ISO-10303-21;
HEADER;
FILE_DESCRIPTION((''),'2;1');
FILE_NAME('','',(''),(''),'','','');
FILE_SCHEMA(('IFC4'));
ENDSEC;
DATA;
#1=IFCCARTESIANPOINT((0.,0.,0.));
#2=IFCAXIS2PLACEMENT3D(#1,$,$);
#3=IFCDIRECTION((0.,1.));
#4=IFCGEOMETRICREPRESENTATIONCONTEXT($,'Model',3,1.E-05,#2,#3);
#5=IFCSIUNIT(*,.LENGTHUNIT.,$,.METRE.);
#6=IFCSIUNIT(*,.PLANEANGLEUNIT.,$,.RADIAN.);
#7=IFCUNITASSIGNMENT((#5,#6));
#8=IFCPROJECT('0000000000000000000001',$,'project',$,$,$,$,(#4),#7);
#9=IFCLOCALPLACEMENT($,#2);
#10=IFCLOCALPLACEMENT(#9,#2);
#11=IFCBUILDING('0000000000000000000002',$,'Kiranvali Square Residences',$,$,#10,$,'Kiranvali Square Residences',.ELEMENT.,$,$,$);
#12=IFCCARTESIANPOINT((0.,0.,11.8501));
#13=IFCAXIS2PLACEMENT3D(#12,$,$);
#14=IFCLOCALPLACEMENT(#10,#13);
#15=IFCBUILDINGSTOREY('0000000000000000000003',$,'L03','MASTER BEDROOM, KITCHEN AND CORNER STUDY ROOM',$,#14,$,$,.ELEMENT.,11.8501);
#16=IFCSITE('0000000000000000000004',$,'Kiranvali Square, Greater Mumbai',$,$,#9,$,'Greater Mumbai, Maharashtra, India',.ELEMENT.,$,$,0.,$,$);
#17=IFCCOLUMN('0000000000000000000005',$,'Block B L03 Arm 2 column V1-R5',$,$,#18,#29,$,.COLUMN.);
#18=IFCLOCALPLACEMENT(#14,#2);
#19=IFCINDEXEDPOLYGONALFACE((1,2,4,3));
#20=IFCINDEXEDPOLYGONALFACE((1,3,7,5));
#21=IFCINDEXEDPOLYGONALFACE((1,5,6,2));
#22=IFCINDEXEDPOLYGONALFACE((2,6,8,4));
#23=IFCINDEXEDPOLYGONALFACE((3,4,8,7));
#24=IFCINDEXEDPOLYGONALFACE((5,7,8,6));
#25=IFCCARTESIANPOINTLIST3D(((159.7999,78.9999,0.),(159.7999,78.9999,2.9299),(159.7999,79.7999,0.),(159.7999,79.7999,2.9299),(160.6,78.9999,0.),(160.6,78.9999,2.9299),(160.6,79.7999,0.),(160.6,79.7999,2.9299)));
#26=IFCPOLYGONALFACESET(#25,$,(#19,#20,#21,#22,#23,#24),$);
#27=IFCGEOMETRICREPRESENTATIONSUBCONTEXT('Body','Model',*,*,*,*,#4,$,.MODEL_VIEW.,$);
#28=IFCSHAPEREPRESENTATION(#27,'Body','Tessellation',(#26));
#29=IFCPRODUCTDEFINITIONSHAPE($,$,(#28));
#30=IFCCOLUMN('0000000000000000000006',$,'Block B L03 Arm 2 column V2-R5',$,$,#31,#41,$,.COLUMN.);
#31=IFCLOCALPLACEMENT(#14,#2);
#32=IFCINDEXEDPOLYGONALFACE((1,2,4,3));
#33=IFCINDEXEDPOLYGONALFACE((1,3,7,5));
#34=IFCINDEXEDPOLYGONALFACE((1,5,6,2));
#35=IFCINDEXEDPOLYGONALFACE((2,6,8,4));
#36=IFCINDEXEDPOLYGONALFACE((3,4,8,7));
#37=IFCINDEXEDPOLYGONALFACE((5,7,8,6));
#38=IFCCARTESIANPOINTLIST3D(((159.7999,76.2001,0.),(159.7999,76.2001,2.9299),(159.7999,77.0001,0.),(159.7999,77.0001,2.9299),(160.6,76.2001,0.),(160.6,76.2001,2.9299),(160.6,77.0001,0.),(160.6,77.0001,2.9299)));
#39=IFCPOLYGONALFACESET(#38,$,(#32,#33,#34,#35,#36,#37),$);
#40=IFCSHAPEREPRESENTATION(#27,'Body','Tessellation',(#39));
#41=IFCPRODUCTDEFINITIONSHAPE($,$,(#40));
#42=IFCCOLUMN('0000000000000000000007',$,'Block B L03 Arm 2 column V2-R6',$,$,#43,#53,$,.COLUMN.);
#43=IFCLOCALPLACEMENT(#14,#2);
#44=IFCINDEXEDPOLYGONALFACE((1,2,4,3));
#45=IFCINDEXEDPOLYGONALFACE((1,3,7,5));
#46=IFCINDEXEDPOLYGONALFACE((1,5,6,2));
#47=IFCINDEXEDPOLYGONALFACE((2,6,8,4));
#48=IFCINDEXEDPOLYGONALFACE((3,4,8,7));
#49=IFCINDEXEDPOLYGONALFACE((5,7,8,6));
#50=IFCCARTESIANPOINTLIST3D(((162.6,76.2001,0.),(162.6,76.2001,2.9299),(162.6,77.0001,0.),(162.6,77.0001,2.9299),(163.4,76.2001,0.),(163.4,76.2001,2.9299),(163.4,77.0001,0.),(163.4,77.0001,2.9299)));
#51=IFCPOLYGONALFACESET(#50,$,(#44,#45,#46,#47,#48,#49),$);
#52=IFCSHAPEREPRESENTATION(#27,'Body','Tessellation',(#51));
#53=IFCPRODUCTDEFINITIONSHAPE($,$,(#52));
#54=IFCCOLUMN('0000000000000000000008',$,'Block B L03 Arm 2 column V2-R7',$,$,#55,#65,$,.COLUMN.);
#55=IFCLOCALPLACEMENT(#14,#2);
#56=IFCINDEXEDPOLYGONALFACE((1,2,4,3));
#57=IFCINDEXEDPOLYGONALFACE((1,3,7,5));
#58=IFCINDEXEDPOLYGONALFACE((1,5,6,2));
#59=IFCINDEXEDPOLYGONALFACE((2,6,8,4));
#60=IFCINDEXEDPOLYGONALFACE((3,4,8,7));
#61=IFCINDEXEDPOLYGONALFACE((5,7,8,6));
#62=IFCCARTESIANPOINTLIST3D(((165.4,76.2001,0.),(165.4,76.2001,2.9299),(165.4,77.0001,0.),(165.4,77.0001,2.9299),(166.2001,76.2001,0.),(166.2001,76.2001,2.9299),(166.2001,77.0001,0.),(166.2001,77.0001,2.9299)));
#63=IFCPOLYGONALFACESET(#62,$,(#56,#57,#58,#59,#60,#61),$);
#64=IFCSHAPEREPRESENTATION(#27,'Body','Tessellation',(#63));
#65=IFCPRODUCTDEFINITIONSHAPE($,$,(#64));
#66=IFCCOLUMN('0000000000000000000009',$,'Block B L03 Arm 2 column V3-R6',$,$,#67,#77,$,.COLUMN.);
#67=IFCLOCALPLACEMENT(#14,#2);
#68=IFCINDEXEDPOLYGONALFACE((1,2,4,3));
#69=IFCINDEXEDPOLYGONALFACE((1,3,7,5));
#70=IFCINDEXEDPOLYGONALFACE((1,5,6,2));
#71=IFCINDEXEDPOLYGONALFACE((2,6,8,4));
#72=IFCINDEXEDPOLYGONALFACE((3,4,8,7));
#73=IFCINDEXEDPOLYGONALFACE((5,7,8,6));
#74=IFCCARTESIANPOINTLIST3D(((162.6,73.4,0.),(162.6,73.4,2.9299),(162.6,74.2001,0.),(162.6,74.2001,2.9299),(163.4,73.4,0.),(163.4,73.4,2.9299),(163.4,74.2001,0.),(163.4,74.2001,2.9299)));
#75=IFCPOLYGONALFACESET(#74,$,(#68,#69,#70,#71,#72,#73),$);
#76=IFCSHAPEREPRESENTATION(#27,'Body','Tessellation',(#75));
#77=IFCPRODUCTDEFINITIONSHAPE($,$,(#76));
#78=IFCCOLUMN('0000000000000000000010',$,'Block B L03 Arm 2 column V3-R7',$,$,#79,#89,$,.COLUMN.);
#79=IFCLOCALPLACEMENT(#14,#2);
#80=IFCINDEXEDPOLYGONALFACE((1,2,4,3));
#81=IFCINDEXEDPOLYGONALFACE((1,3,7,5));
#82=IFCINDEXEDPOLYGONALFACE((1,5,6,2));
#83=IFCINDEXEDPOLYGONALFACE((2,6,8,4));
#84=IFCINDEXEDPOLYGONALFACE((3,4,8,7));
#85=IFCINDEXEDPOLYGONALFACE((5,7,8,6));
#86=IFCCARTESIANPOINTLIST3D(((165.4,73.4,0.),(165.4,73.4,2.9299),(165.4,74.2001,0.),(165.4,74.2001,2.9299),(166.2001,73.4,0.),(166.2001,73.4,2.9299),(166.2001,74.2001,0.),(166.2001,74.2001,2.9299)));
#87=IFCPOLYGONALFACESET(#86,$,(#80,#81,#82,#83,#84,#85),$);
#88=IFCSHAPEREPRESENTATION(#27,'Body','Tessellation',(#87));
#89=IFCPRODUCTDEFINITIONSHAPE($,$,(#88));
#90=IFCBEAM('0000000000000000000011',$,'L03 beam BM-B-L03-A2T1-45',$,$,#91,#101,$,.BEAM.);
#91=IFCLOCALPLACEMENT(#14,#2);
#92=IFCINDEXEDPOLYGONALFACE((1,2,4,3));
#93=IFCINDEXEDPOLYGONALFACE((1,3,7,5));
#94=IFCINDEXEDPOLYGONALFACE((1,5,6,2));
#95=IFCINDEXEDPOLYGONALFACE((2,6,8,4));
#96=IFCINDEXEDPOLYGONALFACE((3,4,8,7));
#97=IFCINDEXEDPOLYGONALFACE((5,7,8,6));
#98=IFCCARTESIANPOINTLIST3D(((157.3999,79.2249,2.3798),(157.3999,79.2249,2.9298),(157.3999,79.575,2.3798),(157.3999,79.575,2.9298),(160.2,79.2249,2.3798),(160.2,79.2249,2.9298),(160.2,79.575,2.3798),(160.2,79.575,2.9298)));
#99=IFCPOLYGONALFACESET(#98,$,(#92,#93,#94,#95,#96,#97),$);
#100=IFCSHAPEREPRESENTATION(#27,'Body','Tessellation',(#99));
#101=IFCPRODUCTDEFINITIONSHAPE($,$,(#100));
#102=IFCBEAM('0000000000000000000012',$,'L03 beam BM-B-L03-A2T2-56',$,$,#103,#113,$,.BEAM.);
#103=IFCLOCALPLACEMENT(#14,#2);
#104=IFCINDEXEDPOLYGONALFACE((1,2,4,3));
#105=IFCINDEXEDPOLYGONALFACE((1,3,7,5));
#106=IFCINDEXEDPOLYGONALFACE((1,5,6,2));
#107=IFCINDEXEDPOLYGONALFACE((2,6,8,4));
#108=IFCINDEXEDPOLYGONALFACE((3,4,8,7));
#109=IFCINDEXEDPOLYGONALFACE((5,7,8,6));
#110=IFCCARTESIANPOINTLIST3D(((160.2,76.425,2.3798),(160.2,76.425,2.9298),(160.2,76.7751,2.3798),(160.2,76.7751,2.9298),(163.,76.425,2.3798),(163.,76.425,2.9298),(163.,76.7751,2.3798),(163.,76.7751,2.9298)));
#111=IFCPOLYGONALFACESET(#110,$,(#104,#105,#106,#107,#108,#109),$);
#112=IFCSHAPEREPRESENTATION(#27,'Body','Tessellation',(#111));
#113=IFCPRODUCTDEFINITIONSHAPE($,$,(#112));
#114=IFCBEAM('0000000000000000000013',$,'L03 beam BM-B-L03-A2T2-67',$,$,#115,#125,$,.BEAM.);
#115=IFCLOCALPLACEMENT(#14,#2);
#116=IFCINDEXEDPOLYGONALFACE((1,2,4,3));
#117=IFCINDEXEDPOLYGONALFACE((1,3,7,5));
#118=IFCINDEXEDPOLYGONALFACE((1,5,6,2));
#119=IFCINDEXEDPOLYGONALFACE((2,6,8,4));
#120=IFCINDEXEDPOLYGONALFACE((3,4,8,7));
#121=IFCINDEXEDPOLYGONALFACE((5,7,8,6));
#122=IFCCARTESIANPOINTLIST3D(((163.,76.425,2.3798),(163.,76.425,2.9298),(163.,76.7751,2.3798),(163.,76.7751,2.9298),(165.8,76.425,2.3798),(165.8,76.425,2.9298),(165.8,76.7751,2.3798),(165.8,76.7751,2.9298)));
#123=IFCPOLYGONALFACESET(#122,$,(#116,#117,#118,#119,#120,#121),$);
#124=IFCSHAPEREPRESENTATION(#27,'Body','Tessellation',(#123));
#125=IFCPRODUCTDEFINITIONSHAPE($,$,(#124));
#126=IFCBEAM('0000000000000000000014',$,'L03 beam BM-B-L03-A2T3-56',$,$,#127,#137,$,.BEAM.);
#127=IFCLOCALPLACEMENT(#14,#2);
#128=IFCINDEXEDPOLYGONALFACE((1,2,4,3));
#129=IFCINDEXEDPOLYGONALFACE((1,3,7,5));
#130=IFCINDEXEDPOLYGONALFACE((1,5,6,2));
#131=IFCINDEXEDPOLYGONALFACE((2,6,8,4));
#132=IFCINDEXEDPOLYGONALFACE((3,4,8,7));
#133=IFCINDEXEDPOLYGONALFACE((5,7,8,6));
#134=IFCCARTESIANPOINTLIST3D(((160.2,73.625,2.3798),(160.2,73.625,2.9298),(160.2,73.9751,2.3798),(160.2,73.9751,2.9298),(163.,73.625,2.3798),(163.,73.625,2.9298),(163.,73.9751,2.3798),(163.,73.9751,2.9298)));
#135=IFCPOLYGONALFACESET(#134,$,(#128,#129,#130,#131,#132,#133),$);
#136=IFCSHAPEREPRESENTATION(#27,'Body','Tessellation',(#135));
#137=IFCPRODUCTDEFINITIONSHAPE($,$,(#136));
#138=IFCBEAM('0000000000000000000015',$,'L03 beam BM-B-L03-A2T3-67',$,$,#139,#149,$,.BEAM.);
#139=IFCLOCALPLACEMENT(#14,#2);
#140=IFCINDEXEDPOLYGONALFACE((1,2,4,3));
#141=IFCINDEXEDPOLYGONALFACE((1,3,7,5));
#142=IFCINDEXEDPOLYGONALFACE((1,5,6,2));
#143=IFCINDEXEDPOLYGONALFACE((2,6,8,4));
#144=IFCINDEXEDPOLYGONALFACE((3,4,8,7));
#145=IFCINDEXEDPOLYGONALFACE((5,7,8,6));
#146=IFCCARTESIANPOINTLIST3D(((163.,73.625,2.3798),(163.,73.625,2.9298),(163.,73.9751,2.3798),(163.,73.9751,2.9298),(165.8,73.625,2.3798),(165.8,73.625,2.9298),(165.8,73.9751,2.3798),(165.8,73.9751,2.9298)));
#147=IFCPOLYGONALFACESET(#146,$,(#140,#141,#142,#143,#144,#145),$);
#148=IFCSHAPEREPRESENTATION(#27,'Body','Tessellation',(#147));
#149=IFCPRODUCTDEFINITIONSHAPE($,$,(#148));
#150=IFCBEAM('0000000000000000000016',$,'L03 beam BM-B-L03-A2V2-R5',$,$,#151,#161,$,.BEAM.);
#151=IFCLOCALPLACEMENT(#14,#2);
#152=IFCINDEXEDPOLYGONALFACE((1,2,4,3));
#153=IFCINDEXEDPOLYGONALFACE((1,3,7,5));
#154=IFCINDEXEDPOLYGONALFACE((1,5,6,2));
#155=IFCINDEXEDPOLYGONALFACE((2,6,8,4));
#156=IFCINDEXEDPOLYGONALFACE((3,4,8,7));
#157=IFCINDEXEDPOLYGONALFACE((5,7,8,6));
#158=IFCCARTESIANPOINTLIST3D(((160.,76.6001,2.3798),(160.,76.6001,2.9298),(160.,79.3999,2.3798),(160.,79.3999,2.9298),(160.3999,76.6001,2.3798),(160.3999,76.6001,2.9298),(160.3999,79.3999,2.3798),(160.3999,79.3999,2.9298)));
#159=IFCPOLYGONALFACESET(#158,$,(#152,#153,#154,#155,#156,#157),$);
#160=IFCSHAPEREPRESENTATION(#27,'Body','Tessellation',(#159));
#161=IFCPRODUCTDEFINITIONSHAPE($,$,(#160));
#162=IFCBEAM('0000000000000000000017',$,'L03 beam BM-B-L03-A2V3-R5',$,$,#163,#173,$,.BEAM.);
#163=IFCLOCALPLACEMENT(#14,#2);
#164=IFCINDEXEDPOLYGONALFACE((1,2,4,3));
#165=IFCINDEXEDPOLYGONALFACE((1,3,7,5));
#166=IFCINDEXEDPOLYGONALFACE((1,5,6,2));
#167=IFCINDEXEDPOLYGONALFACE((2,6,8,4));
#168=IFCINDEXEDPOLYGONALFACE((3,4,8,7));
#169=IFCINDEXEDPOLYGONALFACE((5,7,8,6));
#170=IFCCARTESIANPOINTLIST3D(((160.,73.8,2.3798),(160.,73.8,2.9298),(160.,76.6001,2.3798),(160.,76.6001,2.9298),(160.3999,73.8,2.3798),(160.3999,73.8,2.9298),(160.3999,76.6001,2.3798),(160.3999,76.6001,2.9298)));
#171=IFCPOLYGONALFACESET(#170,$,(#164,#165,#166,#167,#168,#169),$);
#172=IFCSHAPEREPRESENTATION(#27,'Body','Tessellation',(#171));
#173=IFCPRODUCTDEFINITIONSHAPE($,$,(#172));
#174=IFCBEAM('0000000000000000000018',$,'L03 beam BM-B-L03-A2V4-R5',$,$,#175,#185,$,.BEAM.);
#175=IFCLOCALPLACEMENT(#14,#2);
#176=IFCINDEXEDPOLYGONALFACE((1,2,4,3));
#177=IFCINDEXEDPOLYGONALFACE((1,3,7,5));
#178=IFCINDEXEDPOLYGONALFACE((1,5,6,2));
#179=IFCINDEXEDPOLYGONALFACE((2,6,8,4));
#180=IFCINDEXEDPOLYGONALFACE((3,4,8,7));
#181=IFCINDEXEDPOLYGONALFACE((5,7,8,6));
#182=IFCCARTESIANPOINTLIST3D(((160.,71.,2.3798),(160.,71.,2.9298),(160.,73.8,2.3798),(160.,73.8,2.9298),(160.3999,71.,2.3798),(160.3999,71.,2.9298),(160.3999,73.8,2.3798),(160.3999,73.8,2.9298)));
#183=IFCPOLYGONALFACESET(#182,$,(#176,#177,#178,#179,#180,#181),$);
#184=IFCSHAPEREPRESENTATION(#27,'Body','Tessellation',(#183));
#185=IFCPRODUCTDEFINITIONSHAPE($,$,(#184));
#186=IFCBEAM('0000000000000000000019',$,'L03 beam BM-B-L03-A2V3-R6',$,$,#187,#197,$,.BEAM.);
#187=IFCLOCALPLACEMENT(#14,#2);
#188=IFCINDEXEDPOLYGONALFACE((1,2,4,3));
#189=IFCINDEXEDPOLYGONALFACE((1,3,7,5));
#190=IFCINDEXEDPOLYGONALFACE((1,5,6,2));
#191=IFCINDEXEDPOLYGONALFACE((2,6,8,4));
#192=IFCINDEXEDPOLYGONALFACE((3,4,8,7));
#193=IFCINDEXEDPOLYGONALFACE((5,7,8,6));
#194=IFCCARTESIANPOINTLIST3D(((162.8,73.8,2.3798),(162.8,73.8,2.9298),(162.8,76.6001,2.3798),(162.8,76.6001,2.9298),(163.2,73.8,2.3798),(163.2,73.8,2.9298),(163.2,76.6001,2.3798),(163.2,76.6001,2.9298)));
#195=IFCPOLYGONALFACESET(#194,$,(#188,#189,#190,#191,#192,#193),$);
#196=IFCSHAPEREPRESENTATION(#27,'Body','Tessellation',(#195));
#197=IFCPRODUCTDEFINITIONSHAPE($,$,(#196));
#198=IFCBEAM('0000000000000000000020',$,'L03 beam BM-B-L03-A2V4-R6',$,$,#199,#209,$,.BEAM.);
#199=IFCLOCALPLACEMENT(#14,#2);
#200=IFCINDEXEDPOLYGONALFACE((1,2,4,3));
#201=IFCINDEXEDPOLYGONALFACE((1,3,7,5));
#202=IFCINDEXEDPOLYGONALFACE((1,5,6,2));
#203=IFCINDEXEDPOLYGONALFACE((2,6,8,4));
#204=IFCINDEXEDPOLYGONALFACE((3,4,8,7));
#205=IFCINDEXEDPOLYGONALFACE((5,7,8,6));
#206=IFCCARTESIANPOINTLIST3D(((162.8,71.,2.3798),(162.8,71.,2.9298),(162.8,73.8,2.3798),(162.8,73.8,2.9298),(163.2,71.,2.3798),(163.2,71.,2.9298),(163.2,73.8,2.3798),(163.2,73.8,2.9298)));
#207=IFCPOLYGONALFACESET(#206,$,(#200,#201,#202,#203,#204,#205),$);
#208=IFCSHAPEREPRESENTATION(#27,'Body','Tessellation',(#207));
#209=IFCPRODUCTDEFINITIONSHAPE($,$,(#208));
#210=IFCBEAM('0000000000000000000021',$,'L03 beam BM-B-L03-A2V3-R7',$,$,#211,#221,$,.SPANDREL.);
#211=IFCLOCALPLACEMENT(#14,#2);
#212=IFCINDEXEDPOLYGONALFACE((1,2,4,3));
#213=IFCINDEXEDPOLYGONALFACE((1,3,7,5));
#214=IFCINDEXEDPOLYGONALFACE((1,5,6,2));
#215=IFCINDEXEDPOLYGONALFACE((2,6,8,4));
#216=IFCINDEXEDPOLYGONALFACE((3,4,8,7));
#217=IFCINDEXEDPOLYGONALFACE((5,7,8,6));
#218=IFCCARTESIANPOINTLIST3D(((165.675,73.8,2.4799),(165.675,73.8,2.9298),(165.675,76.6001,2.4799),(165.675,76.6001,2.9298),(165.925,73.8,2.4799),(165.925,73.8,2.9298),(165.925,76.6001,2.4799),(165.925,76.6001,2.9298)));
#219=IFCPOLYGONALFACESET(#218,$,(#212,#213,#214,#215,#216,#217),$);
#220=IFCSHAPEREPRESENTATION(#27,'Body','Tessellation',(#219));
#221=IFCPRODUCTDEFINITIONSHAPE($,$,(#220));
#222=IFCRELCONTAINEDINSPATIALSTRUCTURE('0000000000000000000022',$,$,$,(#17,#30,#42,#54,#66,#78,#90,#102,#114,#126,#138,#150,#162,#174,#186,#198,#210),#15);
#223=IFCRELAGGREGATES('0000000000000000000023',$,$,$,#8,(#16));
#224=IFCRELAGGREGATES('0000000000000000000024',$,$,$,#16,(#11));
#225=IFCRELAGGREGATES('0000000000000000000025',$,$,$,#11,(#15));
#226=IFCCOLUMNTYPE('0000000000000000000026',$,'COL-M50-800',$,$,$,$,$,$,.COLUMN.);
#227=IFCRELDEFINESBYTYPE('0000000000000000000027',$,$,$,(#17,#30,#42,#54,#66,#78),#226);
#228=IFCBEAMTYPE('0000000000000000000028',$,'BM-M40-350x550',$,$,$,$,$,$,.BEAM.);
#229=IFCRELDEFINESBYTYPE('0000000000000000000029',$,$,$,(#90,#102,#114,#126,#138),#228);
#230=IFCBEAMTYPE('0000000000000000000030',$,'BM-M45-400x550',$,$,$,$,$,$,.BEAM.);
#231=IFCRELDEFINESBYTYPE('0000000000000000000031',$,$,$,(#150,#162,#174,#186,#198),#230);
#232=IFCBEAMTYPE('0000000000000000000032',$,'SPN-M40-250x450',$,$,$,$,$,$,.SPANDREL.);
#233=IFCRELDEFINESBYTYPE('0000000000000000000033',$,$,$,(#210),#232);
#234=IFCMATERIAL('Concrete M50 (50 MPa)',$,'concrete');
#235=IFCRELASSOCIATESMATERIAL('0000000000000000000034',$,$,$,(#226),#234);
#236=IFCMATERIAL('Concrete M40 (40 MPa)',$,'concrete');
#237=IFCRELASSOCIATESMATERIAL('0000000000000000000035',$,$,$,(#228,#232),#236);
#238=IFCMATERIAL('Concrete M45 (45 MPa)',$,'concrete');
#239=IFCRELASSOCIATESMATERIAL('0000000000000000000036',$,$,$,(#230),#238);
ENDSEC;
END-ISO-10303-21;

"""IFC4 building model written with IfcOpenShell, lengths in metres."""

from ifc_helpers import new_model, si_unit, direction, frame, origin, origin_2d, place, context, subcontext, project, spatial, rectangle, extrude, material, material_profile, profile_set, type_object, element, save


model = new_model("IFC4")

# Units and contexts
model_context = context("Model", 3, precision=1e-05, world=origin(), true_north=direction((0.0, 1.0)))
body_context = subcontext(model_context, "Body", "Model", "MODEL_VIEW")
ifc_project = project(units=[si_unit("LENGTHUNIT", "METRE"), si_unit("PLANEANGLEUNIT", "RADIAN")], contexts=[model_context])

# Site, building, storey
site_placement = place(None, origin())
site = spatial("IfcSite", under=ifc_project, at=site_placement, Name="Kiranvali Square, Greater Mumbai", LongName="Greater Mumbai, Maharashtra, India", CompositionType="ELEMENT", RefElevation=0.0)
building_placement = place(site_placement, origin())
building = spatial("IfcBuilding", under=site, at=building_placement, Name="Kiranvali Square Residences", LongName="Kiranvali Square Residences", CompositionType="ELEMENT")
storey_placement = place(building_placement, frame((0.0, 0.0, 11.8501)))
storey = spatial("IfcBuildingStorey", under=building, at=storey_placement, Name="L03", Description="MASTER BEDROOM, KITCHEN AND CORNER STUDY ROOM", CompositionType="ELEMENT", Elevation=11.8501)

# Columns
ifc_material_1 = material(Name="Concrete M50 (50 MPa)", Category="concrete")
ifc_material_profile_1 = material_profile(ifc_material_1, rectangle(XDim=0.8, YDim=0.8, at=origin_2d()), Name="RC 800x800")
ifc_profile_set_1 = profile_set([ifc_material_profile_1], Name="Concrete M50 (50 MPa)")
column_type = type_object("IfcColumnType", Name="COL-M50-800", PredefinedType="COLUMN", material=ifc_profile_set_1)
for number, where, z_axis, x_axis, name in (
    (1, (160.2, 79.3999, 0.0), (0.0, 0.0, 1.0), (1.0, 0.0, 0.0), "Block B L03 Arm 2 column V1-R5"),
    (2, (160.2, 76.6001, 0.0), (0.0, 0.0, 1.0), (1.0, 0.0, 0.0), "Block B L03 Arm 2 column V2-R5"),
    (3, (163.0, 76.6001, 0.0), (0.0, 0.0, 1.0), (1.0, 0.0, 0.0), "Block B L03 Arm 2 column V2-R6"),
    (4, (165.8, 76.6001, 0.0), (0.0, 0.0, 1.0), (1.0, 0.0, 0.0), "Block B L03 Arm 2 column V2-R7"),
    (5, (163.0, 73.8, 0.0), (0.0, 0.0, 1.0), (1.0, 0.0, 0.0), "Block B L03 Arm 2 column V3-R6"),
    (6, (165.8, 73.8, 0.0), (0.0, 0.0, 1.0), (1.0, 0.0, 0.0), "Block B L03 Arm 2 column V3-R7"),
):
    element("IfcColumn", number, at=place(storey_placement, frame(where, z_axis=z_axis, x_axis=x_axis)), inside=storey, type_object=column_type, Name=name, PredefinedType="COLUMN", context=body_context, shape_type="SweptSolid", body=[
        extrude(rectangle(XDim=0.8, YDim=0.8, at=origin_2d()), origin(), (0.0, 0.0, 1.0), 2.9299),
    ])

# Beams
ifc_material_2 = material(Name="Concrete M40 (40 MPa)", Category="concrete")
ifc_material_profile_2 = material_profile(ifc_material_2, rectangle(XDim=0.3501, YDim=0.55, at=origin_2d()), Name="RC 350x550")
ifc_profile_set_2 = profile_set([ifc_material_profile_2], Name="Concrete M40 (40 MPa)")
beam_type_1 = type_object("IfcBeamType", Name="BM-M40-350x550", PredefinedType="BEAM", material=ifc_profile_set_2)
for number, where, z_axis, x_axis, name in (
    (7, (157.3999, 79.3999, 2.6548), (1.0, 0.0, 0.0), (0.0, 1.0, 0.0), "L03 beam BM-B-L03-A2T1-45"),
    (8, (160.2, 76.6001, 2.6548), (1.0, 0.0, 0.0), (0.0, 1.0, 0.0), "L03 beam BM-B-L03-A2T2-56"),
    (9, (163.0, 76.6001, 2.6548), (1.0, 0.0, 0.0), (0.0, 1.0, 0.0), "L03 beam BM-B-L03-A2T2-67"),
    (10, (160.2, 73.8, 2.6548), (1.0, 0.0, 0.0), (0.0, 1.0, 0.0), "L03 beam BM-B-L03-A2T3-56"),
    (11, (163.0, 73.8, 2.6548), (1.0, 0.0, 0.0), (0.0, 1.0, 0.0), "L03 beam BM-B-L03-A2T3-67"),
):
    element("IfcBeam", number, at=place(storey_placement, frame(where, z_axis=z_axis, x_axis=x_axis)), inside=storey, type_object=beam_type_1, Name=name, PredefinedType="BEAM", context=body_context, shape_type="SweptSolid", body=[
        extrude(rectangle(XDim=0.3501, YDim=0.55, at=origin_2d()), origin(), (0.0, 0.0, 1.0), 2.8),
    ])
ifc_material_3 = material(Name="Concrete M45 (45 MPa)", Category="concrete")
ifc_material_profile_3 = material_profile(ifc_material_3, rectangle(XDim=0.3999, YDim=0.55, at=origin_2d()), Name="RC 400x550")
ifc_profile_set_3 = profile_set([ifc_material_profile_3], Name="Concrete M45 (45 MPa)")
beam_type_2 = type_object("IfcBeamType", Name="BM-M45-400x550", PredefinedType="BEAM", material=ifc_profile_set_3)
beam_placement = place(storey_placement, frame((160.2, 79.3999, 2.6548), z_axis=(0.0, -1.0, 0.0), x_axis=(1.0, 0.0, 0.0)))
element("IfcBeam", 12, at=beam_placement, inside=storey, type_object=beam_type_2, Name="L03 beam BM-B-L03-A2V2-R5", PredefinedType="BEAM", context=body_context, shape_type="SweptSolid", body=[
    extrude(rectangle(XDim=0.3999, YDim=0.55, at=origin_2d()), origin(), (0.0, 0.0, 1.0), 2.7998),
])
for number, where, z_axis, x_axis, name in (
    (13, (160.2, 76.6001, 2.6548), (0.0, -1.0, 0.0), (1.0, 0.0, 0.0), "L03 beam BM-B-L03-A2V3-R5"),
    (14, (160.2, 73.8, 2.6548), (0.0, -1.0, 0.0), (1.0, 0.0, 0.0), "L03 beam BM-B-L03-A2V4-R5"),
    (15, (163.0, 76.6001, 2.6548), (0.0, -1.0, 0.0), (1.0, 0.0, 0.0), "L03 beam BM-B-L03-A2V3-R6"),
    (16, (163.0, 73.8, 2.6548), (0.0, -1.0, 0.0), (1.0, 0.0, 0.0), "L03 beam BM-B-L03-A2V4-R6"),
):
    element("IfcBeam", number, at=place(storey_placement, frame(where, z_axis=z_axis, x_axis=x_axis)), inside=storey, type_object=beam_type_2, Name=name, PredefinedType="BEAM", context=body_context, shape_type="SweptSolid", body=[
        extrude(rectangle(XDim=0.3999, YDim=0.55, at=origin_2d()), origin(), (0.0, 0.0, 1.0), 2.8),
    ])
ifc_material_profile_4 = material_profile(ifc_material_2, rectangle(XDim=0.25, YDim=0.45, at=origin_2d()), Name="RC 250x450")
ifc_profile_set_4 = profile_set([ifc_material_profile_4], Name="Concrete M40 (40 MPa)")
beam_type_3 = type_object("IfcBeamType", Name="SPN-M40-250x450", PredefinedType="SPANDREL", material=ifc_profile_set_4)
for number, where, z_axis, x_axis, name in (
    (17, (165.8, 76.6001, 2.7048), (0.0, -1.0, 0.0), (1.0, 0.0, 0.0), "L03 beam BM-B-L03-A2V3-R7"),
):
    element("IfcBeam", number, at=place(storey_placement, frame(where, z_axis=z_axis, x_axis=x_axis)), inside=storey, type_object=beam_type_3, Name=name, PredefinedType="SPANDREL", context=body_context, shape_type="SweptSolid", body=[
        extrude(rectangle(XDim=0.25, YDim=0.45, at=origin_2d()), origin(), (0.0, 0.0, 1.0), 2.8),
    ])

save(model, "model.ifc")
